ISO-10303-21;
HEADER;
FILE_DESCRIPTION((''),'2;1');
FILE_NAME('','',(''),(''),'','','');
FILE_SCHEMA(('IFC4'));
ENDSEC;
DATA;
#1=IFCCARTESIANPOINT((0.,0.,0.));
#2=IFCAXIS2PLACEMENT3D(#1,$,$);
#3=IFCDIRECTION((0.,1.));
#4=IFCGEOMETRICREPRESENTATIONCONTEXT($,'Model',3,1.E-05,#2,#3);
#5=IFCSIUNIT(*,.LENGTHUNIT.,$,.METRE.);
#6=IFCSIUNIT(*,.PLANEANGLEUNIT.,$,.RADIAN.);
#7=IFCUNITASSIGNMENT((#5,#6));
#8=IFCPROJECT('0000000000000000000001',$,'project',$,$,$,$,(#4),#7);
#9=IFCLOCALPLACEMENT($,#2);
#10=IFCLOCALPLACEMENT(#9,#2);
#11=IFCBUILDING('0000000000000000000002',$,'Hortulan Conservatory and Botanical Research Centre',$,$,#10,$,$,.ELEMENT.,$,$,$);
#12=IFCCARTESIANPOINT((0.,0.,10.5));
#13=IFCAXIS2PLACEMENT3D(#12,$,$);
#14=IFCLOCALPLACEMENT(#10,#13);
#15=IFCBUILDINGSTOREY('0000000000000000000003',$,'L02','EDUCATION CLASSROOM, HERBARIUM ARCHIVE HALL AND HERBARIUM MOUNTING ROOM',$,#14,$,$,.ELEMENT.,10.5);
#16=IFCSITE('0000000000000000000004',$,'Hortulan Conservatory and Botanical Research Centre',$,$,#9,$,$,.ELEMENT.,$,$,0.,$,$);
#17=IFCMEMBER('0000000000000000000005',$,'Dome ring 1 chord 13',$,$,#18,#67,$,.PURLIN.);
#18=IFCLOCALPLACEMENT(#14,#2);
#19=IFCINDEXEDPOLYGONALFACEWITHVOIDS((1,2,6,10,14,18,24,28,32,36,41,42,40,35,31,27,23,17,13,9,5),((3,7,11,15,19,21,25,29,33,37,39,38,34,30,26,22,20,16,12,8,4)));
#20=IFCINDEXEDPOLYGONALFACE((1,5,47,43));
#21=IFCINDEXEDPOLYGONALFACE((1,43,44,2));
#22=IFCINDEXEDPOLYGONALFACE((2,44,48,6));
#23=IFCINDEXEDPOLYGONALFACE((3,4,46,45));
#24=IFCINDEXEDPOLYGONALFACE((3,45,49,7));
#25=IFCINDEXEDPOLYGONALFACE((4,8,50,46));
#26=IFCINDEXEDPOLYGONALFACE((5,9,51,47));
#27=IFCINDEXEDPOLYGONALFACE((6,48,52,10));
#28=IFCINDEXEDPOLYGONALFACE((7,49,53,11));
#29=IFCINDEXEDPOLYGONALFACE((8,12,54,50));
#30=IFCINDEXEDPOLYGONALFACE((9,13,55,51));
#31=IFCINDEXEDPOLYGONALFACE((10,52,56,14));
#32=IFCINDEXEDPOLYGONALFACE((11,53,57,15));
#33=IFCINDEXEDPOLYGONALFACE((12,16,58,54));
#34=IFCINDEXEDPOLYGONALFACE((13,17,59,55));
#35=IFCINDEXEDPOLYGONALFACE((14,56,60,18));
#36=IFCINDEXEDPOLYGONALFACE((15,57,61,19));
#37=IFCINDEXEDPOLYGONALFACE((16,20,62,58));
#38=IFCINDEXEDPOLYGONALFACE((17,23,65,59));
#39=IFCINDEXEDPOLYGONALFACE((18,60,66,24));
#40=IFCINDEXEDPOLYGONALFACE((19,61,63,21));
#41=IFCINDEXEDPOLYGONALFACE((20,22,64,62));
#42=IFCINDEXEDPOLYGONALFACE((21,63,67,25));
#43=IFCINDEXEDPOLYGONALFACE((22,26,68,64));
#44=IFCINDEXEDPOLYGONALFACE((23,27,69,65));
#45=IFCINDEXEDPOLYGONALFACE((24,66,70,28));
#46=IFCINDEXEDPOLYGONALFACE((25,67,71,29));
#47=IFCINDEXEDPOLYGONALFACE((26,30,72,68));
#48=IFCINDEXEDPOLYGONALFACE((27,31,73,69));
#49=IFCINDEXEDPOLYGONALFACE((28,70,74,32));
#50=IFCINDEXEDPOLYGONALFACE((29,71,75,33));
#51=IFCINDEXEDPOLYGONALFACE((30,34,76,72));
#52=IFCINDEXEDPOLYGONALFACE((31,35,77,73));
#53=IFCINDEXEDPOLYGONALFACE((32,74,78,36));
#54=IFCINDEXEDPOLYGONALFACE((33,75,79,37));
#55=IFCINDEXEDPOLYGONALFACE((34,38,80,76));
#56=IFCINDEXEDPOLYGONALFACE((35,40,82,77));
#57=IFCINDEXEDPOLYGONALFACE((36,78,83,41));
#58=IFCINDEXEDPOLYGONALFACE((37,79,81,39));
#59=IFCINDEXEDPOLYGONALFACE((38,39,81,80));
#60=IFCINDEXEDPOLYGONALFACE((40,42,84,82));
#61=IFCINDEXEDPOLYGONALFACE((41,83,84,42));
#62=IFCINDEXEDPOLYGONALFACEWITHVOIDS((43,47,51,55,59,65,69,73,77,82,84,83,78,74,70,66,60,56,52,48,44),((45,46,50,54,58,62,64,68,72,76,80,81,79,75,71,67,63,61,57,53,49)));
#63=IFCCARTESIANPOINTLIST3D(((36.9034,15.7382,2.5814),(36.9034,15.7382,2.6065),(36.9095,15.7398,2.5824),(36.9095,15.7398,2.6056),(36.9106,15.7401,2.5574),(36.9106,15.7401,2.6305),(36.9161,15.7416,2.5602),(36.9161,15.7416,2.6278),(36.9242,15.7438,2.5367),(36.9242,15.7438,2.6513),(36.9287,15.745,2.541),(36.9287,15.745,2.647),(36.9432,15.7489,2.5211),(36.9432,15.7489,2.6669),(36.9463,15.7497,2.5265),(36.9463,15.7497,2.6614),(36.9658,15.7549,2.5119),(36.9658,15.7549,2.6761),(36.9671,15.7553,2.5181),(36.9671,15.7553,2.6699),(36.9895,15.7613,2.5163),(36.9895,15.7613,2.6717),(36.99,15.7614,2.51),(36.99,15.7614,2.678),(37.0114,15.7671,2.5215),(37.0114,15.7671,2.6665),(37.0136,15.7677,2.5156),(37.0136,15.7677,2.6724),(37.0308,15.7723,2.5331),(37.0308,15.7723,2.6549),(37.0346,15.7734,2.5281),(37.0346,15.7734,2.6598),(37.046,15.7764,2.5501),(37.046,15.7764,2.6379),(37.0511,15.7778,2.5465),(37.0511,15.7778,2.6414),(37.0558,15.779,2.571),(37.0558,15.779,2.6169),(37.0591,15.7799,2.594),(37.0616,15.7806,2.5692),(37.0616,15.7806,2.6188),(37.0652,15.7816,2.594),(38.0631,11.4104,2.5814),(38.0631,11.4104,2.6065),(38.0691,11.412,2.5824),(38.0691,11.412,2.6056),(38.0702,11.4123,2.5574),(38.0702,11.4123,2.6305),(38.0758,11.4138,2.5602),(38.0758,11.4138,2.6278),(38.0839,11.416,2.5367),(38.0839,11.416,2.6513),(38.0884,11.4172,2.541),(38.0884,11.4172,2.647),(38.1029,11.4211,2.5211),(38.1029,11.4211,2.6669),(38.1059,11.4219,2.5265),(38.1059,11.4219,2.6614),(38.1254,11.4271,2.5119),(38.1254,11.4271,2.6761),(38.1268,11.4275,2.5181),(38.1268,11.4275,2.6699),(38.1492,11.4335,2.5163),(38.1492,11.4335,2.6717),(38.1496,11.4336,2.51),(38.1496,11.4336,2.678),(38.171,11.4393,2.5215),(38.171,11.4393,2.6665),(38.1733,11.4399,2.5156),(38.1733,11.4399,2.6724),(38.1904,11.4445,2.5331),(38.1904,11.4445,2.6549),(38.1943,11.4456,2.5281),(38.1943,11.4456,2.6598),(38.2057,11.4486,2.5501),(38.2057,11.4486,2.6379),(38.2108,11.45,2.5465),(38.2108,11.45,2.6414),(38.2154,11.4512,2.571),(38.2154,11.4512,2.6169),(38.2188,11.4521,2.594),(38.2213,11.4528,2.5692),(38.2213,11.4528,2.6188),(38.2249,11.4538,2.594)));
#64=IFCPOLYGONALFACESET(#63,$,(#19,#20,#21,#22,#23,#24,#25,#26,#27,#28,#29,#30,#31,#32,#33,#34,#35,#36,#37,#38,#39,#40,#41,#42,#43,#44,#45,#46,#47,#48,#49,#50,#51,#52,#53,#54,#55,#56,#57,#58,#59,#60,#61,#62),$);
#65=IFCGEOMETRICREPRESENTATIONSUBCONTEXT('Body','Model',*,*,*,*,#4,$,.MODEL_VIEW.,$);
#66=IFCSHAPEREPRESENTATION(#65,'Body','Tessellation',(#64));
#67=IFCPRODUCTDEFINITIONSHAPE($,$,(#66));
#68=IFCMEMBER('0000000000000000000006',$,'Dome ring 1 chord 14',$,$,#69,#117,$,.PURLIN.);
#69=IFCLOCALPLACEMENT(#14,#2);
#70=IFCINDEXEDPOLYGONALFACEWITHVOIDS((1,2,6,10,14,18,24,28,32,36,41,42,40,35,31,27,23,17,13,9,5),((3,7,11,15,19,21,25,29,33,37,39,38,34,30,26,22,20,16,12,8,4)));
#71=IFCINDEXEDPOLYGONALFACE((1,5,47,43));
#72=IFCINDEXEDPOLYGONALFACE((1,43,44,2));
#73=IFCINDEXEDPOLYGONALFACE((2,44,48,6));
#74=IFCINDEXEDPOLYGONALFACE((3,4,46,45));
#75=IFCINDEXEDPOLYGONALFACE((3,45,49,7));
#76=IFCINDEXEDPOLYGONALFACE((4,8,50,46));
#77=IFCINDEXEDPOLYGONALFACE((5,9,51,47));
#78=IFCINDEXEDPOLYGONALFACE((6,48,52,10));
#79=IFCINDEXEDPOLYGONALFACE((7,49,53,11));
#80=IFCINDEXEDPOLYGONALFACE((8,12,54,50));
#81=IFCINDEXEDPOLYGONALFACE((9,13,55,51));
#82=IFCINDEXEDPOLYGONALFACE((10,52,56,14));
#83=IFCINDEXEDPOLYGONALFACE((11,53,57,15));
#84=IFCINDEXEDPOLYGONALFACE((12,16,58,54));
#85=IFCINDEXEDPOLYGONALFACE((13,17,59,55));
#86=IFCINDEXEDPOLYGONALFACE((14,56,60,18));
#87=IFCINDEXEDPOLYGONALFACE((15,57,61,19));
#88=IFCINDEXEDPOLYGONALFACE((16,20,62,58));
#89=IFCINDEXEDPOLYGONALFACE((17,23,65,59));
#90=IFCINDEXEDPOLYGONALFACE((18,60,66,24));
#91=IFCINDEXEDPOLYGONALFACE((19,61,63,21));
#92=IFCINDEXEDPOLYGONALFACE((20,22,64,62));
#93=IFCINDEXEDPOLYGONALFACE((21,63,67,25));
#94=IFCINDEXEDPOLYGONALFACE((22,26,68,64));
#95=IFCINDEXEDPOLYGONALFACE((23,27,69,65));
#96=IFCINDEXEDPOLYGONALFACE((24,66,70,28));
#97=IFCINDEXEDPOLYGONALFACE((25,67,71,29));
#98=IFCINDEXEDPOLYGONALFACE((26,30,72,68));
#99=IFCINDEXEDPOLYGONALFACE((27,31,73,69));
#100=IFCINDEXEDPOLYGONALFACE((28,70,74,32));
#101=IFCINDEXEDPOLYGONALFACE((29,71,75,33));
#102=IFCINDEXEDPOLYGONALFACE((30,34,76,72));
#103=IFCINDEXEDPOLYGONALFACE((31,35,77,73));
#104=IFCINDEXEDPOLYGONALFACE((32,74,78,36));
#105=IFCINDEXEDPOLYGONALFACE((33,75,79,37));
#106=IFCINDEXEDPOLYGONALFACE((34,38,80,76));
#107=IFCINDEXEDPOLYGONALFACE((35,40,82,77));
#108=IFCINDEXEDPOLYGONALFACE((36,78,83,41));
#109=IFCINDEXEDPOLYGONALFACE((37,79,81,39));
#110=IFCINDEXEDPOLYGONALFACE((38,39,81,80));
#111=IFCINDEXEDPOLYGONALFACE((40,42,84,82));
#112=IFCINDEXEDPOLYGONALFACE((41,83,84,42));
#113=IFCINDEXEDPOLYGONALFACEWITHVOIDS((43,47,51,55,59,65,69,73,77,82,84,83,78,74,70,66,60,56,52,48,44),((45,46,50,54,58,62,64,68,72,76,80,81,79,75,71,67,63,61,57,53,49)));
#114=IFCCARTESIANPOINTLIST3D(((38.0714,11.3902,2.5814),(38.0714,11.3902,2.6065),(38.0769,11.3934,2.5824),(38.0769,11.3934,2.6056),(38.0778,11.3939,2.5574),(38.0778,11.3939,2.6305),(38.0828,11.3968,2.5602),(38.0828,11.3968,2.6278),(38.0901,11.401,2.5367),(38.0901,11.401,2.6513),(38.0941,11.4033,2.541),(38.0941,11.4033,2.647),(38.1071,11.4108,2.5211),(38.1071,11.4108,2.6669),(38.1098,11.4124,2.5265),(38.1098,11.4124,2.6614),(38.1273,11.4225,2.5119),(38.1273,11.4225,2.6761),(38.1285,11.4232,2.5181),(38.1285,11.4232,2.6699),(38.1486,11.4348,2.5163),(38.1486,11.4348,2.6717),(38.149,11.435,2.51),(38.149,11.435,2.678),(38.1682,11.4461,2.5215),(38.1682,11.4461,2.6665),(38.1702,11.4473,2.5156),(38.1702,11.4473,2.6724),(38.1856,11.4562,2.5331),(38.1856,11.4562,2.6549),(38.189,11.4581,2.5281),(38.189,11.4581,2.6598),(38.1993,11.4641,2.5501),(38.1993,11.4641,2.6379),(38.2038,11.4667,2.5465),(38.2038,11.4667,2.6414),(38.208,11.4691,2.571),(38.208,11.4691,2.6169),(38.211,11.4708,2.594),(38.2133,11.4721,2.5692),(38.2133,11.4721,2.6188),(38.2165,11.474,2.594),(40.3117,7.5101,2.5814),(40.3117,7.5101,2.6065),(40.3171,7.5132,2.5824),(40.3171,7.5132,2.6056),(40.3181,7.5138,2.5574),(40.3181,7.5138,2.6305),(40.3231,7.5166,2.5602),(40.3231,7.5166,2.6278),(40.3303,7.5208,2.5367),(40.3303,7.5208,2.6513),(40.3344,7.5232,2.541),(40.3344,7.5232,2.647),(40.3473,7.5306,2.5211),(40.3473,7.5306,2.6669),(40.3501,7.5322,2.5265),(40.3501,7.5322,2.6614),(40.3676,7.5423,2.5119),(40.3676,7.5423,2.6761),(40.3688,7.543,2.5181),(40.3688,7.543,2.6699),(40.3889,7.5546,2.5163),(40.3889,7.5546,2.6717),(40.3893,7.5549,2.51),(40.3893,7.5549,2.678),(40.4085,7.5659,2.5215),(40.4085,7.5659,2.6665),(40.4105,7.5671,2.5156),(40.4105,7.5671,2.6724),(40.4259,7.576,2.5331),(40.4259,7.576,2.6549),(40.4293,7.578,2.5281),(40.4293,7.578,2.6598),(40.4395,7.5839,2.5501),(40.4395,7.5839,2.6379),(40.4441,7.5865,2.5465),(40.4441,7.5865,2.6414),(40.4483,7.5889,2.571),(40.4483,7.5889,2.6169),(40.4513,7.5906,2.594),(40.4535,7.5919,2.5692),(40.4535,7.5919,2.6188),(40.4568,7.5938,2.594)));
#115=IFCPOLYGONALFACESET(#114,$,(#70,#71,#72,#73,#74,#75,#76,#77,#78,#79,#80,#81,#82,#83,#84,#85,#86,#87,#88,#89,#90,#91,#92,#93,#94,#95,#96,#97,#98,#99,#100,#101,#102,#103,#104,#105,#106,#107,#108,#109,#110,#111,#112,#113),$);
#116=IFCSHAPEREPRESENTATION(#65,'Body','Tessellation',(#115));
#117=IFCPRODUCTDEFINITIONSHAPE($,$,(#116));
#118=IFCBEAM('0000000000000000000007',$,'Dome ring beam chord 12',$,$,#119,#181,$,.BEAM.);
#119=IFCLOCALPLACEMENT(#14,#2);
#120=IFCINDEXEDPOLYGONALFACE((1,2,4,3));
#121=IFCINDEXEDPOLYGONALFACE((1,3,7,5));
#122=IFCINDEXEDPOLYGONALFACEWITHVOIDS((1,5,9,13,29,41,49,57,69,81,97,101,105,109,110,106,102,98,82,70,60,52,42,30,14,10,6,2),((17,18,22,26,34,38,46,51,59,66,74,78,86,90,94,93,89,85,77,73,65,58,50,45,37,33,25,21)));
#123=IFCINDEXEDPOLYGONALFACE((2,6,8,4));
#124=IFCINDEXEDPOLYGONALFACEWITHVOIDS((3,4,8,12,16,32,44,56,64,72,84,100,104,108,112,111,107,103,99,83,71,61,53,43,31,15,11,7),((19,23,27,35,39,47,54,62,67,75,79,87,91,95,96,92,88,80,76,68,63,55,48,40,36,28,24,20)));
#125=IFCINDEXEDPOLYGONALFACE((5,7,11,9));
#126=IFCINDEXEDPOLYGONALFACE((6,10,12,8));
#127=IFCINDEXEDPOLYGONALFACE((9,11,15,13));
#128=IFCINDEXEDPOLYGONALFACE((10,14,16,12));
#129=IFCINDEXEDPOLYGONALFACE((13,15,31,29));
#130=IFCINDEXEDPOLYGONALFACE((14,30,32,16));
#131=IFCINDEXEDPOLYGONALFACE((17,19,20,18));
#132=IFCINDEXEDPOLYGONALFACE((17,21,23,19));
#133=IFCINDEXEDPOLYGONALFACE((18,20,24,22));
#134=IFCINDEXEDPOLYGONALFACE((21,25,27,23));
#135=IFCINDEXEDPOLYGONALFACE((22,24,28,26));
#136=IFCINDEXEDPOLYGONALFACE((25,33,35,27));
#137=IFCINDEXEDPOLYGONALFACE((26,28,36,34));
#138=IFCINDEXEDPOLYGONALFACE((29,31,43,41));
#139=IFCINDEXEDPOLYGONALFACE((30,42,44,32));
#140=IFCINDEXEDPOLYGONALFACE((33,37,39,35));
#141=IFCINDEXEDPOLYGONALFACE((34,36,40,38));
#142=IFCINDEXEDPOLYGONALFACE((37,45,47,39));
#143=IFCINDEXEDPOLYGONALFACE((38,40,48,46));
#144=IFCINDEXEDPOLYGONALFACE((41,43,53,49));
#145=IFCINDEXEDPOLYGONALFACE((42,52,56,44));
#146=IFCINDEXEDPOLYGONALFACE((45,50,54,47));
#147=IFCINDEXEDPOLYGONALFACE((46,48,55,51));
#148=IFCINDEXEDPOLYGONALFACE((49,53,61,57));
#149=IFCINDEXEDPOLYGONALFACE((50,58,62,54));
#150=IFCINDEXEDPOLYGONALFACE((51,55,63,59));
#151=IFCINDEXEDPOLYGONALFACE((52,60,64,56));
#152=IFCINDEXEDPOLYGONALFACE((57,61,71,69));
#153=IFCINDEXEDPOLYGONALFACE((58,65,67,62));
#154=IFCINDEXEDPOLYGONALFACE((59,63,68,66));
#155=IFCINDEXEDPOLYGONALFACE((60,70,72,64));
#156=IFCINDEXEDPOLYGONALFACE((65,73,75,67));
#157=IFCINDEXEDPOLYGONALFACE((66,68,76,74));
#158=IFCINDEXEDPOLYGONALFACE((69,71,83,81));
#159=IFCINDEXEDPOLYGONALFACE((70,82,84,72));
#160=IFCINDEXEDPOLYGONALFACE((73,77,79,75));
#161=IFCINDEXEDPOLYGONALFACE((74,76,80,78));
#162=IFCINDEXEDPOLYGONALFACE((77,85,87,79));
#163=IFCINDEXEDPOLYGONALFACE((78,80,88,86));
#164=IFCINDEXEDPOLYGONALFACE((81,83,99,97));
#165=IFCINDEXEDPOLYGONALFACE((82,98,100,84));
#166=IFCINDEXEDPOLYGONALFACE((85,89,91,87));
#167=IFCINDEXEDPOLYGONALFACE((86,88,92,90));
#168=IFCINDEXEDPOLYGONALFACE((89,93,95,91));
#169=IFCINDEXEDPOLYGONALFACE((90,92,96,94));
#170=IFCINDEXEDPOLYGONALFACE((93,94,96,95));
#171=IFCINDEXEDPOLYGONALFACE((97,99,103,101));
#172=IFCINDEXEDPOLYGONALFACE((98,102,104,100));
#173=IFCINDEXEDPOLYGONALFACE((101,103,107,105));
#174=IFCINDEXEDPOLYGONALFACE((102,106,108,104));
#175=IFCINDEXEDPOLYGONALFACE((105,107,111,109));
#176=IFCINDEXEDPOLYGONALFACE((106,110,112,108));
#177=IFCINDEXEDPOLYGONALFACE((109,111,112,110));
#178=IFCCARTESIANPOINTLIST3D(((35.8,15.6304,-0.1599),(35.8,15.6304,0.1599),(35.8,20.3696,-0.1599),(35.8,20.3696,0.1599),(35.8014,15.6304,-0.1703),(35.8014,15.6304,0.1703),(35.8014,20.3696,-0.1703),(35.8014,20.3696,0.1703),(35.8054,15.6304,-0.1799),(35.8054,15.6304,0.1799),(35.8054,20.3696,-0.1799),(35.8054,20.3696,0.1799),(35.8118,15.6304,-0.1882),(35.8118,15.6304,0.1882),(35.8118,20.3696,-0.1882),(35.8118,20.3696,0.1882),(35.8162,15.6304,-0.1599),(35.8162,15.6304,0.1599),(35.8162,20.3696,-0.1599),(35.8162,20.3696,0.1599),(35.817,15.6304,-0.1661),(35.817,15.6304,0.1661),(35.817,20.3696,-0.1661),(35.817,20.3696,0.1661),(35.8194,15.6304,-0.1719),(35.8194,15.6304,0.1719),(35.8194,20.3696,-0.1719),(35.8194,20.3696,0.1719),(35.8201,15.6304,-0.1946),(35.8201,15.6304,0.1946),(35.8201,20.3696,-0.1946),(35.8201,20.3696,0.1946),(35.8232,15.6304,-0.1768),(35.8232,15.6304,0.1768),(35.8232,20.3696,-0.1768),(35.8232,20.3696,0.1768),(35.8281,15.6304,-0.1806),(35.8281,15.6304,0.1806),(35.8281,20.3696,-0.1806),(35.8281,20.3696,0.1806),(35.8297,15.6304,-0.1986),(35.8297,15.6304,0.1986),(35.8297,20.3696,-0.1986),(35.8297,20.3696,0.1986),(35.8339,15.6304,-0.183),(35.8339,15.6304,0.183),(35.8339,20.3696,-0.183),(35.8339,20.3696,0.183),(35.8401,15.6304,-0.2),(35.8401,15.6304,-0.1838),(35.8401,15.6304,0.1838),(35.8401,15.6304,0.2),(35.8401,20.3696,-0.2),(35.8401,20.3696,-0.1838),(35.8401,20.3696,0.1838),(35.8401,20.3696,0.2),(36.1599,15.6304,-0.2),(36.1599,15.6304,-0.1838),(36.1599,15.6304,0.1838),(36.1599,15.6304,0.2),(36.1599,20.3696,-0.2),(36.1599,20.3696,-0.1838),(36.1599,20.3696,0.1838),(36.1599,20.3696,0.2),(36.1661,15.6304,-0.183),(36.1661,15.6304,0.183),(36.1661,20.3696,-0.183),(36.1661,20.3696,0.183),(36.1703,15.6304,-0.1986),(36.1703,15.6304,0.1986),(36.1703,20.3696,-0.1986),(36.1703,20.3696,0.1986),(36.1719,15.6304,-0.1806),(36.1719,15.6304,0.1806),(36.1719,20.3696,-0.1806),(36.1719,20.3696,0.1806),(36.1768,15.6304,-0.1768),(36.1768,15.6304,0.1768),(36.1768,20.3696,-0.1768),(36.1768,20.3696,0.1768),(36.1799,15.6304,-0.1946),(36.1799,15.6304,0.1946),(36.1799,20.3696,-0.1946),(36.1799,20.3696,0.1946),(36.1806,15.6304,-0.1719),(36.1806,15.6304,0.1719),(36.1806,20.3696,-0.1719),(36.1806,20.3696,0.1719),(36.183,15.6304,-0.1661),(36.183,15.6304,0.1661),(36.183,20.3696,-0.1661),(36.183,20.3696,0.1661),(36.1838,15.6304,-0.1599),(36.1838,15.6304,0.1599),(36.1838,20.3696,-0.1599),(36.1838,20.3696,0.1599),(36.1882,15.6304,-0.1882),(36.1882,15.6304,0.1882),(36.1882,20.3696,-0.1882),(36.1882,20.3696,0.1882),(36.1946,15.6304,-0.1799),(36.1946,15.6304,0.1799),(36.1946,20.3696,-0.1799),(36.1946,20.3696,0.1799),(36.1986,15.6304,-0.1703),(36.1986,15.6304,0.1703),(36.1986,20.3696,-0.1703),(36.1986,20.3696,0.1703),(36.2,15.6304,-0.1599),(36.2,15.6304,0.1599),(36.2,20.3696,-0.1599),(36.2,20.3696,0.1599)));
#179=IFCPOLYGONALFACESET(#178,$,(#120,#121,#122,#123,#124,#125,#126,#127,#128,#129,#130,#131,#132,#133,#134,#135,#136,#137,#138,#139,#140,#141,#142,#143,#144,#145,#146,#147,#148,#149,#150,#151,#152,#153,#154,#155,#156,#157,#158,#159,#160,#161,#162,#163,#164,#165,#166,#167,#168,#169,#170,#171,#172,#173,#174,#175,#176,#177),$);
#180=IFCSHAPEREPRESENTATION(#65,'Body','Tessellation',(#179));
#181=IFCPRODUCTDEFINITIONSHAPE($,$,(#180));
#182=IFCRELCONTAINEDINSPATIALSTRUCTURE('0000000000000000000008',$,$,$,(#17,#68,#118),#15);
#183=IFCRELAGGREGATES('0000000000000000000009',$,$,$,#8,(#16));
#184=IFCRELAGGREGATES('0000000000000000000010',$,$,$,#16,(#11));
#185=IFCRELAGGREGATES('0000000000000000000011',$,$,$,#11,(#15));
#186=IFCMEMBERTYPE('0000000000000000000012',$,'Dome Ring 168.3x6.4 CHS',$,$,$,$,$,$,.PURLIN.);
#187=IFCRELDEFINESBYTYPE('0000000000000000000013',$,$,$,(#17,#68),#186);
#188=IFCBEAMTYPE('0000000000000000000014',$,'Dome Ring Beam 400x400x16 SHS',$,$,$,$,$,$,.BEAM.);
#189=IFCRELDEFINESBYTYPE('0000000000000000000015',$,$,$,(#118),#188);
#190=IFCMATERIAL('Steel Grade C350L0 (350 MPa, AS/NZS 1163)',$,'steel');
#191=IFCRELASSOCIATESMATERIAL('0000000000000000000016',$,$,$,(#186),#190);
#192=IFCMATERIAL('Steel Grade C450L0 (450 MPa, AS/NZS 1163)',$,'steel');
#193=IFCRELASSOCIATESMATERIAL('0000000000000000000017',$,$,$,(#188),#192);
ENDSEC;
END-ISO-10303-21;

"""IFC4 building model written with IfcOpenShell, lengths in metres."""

from ifc_helpers import new_model, si_unit, direction, frame, origin, origin_2d, place, context, subcontext, project, spatial, hollow_rectangle, hollow_circle, extrude, material, material_profile, profile_set, type_object, element, save


model = new_model("IFC4")

# Units and contexts
model_context = context("Model", 3, precision=1e-05, world=origin(), true_north=direction((0.0, 1.0)))
body_context = subcontext(model_context, "Body", "Model", "MODEL_VIEW")
ifc_project = project(units=[si_unit("LENGTHUNIT", "METRE"), si_unit("PLANEANGLEUNIT", "RADIAN")], contexts=[model_context])

# Site, building, storey
site_placement = place(None, origin())
site = spatial("IfcSite", under=ifc_project, at=site_placement, Name="Hortulan Conservatory and Botanical Research Centre", CompositionType="ELEMENT", RefElevation=0.0)
building_placement = place(site_placement, origin())
building = spatial("IfcBuilding", under=site, at=building_placement, Name="Hortulan Conservatory and Botanical Research Centre", CompositionType="ELEMENT")
storey_placement = place(building_placement, frame((0.0, 0.0, 10.5)))
storey = spatial("IfcBuildingStorey", under=building, at=storey_placement, Name="L02", Description="EDUCATION CLASSROOM, HERBARIUM ARCHIVE HALL AND HERBARIUM MOUNTING ROOM", CompositionType="ELEMENT", Elevation=10.5)

# Shared definitions
ifc_material_1 = material(Name="Steel Grade C350L0 (350 MPa, AS/NZS 1163)", Category="steel")

# Members
ifc_material_profile_1 = material_profile(ifc_material_1, hollow_circle(Radius=0.0842, WallThickness=0.0063, at=origin_2d()), Name="168.3x6.4CHS")
ifc_profile_set_1 = profile_set([ifc_material_profile_1], Name="Steel Grade C350L0 (350 MPa, AS/NZS 1163)")
member_type_1 = type_object("IfcMemberType", Name="Dome Ring 168.3x6.4 CHS", PredefinedType="PURLIN", material=ifc_profile_set_1)
for number, where, z_axis, x_axis, name in (
    (1, (36.9839, 15.7598, 2.594), (0.258822, -0.965925, 0.0), (0.965925, 0.258822, 0.0), "Dome ring 1 chord 13"),
    (2, (38.1436, 11.4319, 2.594), (0.500007, -0.866021, 0.0), (0.866021, 0.500007, 0.0), "Dome ring 1 chord 14"),
):
    element("IfcMember", number, at=place(storey_placement, frame(where, z_axis=z_axis, x_axis=x_axis)), inside=storey, type_object=member_type_1, Name=name, PredefinedType="PURLIN", context=body_context, shape_type="SweptSolid", body=[
        extrude(hollow_circle(Radius=0.0842, WallThickness=0.0063, at=origin_2d()), origin(), (0.0, 0.0, 1.0), 4.4805),
    ])

# Beam
ifc_material_2 = material(Name="Steel Grade C450L0 (450 MPa, AS/NZS 1163)", Category="steel")
ifc_material_profile_2 = material_profile(ifc_material_2, hollow_rectangle(XDim=0.3999, YDim=0.3999, WallThickness=0.0161, InnerFilletRadius=0.0239, OuterFilletRadius=0.04, at=origin_2d()), Name="400x400x16SHS")
ifc_profile_set_2 = profile_set([ifc_material_profile_2], Name="Steel Grade C450L0 (450 MPa, AS/NZS 1163)")
beam_type_1 = type_object("IfcBeamType", Name="Dome Ring Beam 400x400x16 SHS", PredefinedType="BEAM", material=ifc_profile_set_2)
beam_1_placement = place(storey_placement, frame((36.0, 20.3696, 0.0), z_axis=(0.0, -1.0, 0.0), x_axis=(1.0, 0.0, 0.0)))
element("IfcBeam", 3, at=beam_1_placement, inside=storey, type_object=beam_type_1, Name="Dome ring beam chord 12", PredefinedType="BEAM", context=body_context, shape_type="SweptSolid", body=[
    extrude(hollow_rectangle(XDim=0.3999, YDim=0.3999, WallThickness=0.0161, InnerFilletRadius=0.0239, OuterFilletRadius=0.04, at=origin_2d()), origin(), (0.0, 0.0, 1.0), 4.7393),
])

save(model, "model.ifc")
